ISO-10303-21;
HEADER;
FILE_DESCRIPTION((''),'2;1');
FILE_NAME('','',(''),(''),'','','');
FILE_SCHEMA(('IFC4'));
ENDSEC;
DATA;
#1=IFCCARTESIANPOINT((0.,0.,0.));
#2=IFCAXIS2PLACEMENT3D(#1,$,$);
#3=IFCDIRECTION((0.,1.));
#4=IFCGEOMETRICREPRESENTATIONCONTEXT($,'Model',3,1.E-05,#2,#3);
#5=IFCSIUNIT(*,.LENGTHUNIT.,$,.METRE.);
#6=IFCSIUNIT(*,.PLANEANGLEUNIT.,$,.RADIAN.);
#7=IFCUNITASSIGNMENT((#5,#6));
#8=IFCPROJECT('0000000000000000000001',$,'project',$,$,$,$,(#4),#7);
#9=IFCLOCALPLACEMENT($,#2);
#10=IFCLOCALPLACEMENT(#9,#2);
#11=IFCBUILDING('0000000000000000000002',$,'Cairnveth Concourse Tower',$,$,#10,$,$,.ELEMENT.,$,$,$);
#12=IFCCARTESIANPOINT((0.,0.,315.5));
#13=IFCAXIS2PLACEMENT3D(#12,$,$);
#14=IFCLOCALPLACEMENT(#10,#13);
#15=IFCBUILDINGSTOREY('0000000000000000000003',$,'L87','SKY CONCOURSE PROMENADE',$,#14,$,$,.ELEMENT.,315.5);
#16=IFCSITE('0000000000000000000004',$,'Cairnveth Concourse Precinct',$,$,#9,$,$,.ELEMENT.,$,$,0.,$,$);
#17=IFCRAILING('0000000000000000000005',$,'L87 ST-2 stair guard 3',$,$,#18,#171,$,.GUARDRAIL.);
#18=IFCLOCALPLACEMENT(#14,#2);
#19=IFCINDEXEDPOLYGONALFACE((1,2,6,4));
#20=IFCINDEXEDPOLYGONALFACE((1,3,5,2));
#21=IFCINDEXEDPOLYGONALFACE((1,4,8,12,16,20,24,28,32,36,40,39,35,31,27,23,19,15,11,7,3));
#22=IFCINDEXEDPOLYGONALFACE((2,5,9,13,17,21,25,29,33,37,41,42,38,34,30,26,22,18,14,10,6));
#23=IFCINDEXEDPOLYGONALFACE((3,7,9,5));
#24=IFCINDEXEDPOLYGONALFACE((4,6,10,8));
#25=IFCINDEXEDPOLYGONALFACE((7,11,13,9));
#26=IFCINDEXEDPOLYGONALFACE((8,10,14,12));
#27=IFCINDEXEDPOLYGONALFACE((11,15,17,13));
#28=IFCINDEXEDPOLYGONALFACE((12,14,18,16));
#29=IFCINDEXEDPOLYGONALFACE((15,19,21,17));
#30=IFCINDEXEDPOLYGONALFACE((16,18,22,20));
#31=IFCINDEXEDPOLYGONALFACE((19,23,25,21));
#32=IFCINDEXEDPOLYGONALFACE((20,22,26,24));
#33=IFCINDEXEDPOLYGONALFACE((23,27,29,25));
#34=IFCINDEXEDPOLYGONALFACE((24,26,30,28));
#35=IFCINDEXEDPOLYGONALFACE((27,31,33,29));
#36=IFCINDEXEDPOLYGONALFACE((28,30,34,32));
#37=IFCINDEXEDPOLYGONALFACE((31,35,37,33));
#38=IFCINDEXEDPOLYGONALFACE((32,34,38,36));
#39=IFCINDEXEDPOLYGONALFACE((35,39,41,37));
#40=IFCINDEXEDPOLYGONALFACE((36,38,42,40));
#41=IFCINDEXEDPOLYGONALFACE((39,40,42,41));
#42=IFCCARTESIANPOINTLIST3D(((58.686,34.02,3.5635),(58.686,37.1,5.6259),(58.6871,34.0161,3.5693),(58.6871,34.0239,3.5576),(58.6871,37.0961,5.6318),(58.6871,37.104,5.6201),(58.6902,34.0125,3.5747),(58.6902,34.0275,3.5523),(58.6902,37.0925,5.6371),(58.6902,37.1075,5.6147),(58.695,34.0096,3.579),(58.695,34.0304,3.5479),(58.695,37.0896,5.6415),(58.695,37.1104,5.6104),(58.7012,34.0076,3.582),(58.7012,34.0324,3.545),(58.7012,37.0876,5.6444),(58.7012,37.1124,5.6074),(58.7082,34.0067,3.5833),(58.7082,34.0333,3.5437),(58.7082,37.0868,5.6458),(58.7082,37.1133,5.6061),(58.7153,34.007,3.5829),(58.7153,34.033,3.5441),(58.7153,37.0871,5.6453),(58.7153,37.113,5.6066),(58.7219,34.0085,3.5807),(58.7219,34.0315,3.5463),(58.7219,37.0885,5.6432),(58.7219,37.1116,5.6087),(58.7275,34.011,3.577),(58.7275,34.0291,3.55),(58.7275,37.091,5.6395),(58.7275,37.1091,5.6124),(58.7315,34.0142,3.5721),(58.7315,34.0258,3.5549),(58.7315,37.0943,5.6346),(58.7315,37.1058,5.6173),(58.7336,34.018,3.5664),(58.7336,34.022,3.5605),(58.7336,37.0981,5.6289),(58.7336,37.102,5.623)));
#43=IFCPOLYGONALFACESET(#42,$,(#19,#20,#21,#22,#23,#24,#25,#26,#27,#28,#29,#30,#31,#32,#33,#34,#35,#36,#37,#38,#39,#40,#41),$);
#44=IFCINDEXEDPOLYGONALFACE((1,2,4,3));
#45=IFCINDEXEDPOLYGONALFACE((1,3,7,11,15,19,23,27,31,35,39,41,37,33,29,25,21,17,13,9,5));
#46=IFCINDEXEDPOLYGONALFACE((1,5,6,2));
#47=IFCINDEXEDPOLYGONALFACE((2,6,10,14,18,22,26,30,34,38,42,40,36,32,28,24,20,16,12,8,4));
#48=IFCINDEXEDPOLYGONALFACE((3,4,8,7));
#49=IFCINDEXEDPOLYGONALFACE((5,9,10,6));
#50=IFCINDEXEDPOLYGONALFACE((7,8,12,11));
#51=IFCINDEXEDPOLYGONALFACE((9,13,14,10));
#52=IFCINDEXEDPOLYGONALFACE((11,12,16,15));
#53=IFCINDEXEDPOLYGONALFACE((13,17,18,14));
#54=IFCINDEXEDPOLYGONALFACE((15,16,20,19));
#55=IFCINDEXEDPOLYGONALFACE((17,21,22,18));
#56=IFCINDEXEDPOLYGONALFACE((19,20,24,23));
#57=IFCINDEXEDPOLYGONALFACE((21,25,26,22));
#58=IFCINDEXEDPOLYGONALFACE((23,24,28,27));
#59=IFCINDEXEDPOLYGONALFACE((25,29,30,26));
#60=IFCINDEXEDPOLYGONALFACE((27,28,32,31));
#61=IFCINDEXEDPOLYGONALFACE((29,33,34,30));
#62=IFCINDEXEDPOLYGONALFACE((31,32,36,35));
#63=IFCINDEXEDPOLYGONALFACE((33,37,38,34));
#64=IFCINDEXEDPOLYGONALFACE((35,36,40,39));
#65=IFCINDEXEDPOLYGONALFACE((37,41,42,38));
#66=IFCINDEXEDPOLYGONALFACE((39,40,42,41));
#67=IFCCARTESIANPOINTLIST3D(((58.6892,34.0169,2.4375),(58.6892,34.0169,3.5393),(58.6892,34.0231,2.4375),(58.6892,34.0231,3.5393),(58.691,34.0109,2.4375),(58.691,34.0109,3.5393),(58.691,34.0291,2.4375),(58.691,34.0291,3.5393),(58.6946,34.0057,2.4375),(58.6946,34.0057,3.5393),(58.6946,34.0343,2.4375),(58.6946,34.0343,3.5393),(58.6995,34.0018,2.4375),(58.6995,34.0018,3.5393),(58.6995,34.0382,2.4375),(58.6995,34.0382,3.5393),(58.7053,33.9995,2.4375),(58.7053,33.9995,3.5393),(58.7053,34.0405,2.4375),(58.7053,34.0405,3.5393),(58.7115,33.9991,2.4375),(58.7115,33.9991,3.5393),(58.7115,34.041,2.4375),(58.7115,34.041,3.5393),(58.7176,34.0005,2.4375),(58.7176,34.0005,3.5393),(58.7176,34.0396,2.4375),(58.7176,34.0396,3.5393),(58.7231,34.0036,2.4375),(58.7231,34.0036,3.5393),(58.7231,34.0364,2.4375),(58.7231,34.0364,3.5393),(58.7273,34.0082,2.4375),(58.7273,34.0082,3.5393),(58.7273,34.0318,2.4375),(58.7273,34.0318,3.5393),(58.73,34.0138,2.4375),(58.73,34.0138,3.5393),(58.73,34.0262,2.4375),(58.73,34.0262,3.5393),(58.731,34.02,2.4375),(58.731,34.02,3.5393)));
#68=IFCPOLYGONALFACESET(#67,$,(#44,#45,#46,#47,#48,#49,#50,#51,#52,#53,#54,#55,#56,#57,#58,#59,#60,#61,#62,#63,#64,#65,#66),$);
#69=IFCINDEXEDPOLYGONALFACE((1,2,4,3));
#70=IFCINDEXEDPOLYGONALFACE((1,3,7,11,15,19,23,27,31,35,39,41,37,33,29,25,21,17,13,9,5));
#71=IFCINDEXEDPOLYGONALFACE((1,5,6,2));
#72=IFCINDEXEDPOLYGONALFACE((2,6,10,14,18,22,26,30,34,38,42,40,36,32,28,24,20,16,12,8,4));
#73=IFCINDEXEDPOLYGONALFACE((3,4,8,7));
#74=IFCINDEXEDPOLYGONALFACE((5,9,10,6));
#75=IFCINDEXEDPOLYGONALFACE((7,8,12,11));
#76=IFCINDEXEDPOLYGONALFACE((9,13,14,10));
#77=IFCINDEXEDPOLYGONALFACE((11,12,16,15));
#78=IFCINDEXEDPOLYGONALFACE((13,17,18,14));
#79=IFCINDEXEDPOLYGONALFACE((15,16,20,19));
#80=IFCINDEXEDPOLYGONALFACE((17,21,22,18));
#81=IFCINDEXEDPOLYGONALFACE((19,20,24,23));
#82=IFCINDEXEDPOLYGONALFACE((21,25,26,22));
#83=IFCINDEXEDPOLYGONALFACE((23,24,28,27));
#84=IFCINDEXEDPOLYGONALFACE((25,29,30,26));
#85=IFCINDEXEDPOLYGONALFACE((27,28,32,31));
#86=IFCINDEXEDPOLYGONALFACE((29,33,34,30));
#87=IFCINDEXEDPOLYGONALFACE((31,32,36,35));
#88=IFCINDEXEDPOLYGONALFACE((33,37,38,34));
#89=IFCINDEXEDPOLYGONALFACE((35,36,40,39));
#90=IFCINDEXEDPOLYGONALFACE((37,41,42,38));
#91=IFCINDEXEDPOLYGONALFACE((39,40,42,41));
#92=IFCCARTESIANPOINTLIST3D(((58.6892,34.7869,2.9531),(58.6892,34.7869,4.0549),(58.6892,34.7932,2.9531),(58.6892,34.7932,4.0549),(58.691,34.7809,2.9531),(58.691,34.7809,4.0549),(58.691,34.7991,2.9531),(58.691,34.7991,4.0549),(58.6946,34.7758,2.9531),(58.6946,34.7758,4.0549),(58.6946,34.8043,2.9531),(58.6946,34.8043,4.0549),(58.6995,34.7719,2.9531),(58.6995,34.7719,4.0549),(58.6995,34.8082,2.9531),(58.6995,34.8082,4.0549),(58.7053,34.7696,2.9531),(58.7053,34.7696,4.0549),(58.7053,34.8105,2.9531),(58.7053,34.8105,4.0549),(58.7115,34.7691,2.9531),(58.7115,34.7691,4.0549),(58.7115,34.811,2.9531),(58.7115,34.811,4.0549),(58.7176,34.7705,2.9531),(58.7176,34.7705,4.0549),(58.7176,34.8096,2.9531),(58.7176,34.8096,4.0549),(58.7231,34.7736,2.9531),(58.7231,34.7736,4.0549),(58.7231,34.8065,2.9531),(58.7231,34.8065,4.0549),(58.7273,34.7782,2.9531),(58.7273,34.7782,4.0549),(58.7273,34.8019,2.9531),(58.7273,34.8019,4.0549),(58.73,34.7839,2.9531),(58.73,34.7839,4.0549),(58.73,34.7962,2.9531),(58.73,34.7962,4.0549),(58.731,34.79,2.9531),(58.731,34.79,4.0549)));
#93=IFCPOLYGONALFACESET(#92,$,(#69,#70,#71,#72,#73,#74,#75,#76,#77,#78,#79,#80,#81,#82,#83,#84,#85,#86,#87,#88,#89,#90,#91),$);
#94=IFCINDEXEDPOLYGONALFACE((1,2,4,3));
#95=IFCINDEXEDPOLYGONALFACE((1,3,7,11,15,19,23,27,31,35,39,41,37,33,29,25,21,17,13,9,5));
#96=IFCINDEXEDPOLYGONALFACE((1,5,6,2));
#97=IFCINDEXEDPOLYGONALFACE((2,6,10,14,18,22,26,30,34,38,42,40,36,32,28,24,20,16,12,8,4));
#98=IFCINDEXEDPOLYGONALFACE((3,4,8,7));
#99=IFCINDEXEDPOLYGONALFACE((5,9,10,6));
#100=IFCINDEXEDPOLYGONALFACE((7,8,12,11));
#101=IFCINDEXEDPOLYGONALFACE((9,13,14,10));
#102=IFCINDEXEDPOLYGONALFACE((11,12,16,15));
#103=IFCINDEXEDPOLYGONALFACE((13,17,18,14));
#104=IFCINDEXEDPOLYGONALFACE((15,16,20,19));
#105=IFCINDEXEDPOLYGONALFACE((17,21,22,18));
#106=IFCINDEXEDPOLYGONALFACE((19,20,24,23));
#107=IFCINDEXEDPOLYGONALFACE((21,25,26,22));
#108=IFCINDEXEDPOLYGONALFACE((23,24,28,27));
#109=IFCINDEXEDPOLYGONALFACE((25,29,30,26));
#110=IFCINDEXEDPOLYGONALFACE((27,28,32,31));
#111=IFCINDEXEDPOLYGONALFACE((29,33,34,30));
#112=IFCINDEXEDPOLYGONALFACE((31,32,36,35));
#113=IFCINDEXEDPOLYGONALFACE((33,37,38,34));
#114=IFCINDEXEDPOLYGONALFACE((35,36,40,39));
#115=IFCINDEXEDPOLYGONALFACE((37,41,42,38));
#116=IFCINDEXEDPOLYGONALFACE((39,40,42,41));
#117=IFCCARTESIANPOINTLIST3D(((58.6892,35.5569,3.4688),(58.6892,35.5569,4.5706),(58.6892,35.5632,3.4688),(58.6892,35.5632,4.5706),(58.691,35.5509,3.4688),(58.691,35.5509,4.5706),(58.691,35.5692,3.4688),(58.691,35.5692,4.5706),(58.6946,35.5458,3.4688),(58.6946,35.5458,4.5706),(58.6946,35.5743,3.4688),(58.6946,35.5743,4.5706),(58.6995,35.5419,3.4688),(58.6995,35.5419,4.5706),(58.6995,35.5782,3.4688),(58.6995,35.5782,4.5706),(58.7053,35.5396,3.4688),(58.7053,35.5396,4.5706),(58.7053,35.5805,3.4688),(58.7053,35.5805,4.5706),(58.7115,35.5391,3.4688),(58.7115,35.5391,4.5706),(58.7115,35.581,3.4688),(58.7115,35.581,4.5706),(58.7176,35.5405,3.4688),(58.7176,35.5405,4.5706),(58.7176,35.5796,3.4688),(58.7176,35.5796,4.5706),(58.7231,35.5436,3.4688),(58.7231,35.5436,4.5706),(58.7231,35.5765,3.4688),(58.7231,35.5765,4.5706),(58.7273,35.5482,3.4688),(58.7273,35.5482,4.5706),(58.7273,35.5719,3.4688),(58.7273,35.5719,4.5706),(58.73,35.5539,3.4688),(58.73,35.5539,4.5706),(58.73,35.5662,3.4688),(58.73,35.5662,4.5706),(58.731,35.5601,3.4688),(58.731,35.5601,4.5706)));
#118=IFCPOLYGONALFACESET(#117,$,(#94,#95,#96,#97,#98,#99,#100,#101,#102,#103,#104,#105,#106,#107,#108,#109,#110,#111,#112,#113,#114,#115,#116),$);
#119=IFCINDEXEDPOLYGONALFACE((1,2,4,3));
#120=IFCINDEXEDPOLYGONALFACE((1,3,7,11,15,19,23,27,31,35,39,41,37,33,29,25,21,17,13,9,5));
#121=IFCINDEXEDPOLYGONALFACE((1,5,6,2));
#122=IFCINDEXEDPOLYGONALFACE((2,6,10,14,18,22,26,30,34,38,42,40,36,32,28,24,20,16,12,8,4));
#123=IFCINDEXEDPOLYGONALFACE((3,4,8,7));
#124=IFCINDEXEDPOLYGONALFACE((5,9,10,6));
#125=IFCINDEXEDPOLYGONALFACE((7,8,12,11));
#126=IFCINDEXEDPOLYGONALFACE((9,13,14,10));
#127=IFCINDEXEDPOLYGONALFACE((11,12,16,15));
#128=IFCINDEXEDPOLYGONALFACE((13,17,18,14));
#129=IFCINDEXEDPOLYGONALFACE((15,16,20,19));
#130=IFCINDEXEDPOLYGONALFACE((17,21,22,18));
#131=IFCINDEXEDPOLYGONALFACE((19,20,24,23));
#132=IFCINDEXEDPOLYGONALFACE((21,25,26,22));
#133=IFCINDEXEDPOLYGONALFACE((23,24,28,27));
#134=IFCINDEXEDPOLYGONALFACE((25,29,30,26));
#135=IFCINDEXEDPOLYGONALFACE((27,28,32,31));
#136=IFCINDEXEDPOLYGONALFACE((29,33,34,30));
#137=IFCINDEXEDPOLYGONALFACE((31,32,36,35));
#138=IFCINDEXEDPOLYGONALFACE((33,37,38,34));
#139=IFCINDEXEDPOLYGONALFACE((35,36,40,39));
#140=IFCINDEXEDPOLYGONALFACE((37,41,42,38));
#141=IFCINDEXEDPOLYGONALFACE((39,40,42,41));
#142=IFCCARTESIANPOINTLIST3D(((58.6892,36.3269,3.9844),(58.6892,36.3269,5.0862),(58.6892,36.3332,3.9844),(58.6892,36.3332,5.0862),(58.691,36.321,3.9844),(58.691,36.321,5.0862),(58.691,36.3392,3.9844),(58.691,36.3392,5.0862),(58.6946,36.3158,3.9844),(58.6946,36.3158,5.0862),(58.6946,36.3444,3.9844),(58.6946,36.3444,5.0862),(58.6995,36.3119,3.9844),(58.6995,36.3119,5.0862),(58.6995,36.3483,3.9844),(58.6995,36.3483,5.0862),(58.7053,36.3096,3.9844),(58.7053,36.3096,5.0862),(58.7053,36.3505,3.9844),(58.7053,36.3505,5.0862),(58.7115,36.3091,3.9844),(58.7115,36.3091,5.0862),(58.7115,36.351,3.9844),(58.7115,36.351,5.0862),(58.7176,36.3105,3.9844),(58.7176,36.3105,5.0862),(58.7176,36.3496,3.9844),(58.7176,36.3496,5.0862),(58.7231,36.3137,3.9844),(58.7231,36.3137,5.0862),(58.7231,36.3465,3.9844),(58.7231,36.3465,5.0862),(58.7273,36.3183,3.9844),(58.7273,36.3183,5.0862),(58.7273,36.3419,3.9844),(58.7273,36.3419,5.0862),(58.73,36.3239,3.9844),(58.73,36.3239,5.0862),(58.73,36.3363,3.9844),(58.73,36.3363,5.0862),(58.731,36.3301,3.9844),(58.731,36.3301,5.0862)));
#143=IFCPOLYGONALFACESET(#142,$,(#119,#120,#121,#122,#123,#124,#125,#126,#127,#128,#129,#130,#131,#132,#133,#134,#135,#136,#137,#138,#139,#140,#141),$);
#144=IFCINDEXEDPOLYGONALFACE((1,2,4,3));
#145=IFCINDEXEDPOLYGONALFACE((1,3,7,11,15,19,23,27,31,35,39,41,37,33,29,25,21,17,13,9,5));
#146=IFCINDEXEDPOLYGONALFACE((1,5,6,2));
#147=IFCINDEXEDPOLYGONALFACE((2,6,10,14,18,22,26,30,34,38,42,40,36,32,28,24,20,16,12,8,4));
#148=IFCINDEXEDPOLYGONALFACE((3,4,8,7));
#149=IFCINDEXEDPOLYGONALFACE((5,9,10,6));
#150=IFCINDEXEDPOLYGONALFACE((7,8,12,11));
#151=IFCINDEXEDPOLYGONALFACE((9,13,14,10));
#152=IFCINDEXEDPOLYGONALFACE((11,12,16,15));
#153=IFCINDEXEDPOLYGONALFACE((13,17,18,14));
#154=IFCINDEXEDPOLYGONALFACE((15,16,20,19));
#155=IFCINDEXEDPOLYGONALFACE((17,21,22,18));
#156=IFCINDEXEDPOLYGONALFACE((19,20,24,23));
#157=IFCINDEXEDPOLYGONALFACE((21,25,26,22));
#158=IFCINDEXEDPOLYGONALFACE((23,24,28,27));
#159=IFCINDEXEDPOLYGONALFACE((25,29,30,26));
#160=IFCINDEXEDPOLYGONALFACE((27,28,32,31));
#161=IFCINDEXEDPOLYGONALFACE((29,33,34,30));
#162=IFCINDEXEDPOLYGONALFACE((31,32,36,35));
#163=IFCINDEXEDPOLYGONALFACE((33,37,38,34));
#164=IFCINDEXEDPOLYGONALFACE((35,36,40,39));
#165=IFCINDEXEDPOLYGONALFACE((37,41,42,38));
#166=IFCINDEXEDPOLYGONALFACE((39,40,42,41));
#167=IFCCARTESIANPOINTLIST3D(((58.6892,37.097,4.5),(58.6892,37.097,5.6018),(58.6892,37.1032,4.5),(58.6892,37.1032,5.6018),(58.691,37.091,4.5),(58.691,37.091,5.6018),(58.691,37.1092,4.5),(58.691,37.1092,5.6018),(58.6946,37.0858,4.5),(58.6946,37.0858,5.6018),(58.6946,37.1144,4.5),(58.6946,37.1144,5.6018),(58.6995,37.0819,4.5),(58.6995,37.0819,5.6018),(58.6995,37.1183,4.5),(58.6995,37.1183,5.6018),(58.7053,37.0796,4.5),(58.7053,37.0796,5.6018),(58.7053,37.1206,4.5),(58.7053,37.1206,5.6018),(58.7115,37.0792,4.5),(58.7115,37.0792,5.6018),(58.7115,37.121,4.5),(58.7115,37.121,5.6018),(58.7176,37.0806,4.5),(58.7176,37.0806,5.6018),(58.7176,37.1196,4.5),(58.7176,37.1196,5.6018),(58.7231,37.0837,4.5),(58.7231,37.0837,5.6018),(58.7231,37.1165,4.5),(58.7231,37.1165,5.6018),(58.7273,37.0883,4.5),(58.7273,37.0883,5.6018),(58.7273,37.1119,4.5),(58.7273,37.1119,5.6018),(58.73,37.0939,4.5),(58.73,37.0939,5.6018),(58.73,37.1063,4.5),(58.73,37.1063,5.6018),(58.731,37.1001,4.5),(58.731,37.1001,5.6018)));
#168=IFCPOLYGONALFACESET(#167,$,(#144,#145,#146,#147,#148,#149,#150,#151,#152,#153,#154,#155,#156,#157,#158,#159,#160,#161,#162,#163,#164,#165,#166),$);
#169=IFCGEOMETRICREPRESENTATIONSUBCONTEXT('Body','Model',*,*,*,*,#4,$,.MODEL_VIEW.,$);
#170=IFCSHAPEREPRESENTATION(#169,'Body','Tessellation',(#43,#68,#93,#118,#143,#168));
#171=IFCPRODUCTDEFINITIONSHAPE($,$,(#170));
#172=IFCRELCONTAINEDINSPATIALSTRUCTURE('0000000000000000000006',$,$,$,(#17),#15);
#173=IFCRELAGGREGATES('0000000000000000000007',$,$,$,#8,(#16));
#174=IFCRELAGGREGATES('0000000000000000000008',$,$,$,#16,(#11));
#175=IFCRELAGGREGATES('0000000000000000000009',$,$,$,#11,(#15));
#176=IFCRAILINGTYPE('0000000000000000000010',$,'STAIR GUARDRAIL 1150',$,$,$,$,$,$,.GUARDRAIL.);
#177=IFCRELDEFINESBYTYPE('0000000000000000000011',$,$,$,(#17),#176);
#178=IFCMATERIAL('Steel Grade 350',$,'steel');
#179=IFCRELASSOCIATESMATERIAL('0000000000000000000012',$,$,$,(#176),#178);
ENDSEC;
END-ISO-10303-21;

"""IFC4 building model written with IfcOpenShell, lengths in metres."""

from ifc_helpers import new_model, si_unit, direction, frame, origin, origin_2d, place, context, subcontext, project, spatial, circle, extrude, material, type_object, element, save


model = new_model("IFC4")

# Units and contexts
model_context = context("Model", 3, precision=1e-05, world=origin(), true_north=direction((0.0, 1.0)))
body_context = subcontext(model_context, "Body", "Model", "MODEL_VIEW")
ifc_project = project(units=[si_unit("LENGTHUNIT", "METRE"), si_unit("PLANEANGLEUNIT", "RADIAN")], contexts=[model_context])

# Site, building, storey
site_placement = place(None, origin())
site = spatial("IfcSite", under=ifc_project, at=site_placement, Name="Cairnveth Concourse Precinct", CompositionType="ELEMENT", RefElevation=0.0)
building_placement = place(site_placement, origin())
building = spatial("IfcBuilding", under=site, at=building_placement, Name="Cairnveth Concourse Tower", CompositionType="ELEMENT")
storey_placement = place(building_placement, frame((0.0, 0.0, 315.5)))
storey = spatial("IfcBuildingStorey", under=building, at=storey_placement, Name="L87", Description="SKY CONCOURSE PROMENADE", CompositionType="ELEMENT", Elevation=315.5)

# Shared definitions
ifc_material_1 = material(Name="Steel Grade 350", Category="steel")

# Railing
railing_type_1 = type_object("IfcRailingType", Name="STAIR GUARDRAIL 1150", PredefinedType="GUARDRAIL", material=ifc_material_1)
railing_1_placement = place(storey_placement, frame((58.71, 34.02, 2.4375)))
element("IfcRailing", 1, at=railing_1_placement, inside=storey, type_object=railing_type_1, Name="L87 ST-2 stair guard 3", PredefinedType="GUARDRAIL", context=body_context, shape_type="SweptSolid", body=[
    extrude(circle(Radius=0.0239, at=origin_2d()), frame((0.0, 0.0, 1.126), z_axis=(0.0, 0.830914, 0.556401), x_axis=(-1.0, 0.0, 0.0)), (0.0, 0.0, 1.0), 3.7068),
    extrude(circle(Radius=0.021, at=origin_2d()), origin(), (0.0, 0.0, 1.0), 1.1018),
    extrude(circle(Radius=0.021, at=origin_2d()), frame((0.0, 0.77, 0.5156)), (0.0, 0.0, 1.0), 1.1018),
    extrude(circle(Radius=0.021, at=origin_2d()), frame((0.0, 1.54, 1.0312)), (0.0, 0.0, 1.0), 1.1018),
    extrude(circle(Radius=0.021, at=origin_2d()), frame((0.0, 2.3101, 1.5469)), (0.0, 0.0, 1.0), 1.1018),
    extrude(circle(Radius=0.021, at=origin_2d()), frame((0.0, 3.0801, 2.0625)), (0.0, 0.0, 1.0), 1.1018),
])

save(model, "model.ifc")
